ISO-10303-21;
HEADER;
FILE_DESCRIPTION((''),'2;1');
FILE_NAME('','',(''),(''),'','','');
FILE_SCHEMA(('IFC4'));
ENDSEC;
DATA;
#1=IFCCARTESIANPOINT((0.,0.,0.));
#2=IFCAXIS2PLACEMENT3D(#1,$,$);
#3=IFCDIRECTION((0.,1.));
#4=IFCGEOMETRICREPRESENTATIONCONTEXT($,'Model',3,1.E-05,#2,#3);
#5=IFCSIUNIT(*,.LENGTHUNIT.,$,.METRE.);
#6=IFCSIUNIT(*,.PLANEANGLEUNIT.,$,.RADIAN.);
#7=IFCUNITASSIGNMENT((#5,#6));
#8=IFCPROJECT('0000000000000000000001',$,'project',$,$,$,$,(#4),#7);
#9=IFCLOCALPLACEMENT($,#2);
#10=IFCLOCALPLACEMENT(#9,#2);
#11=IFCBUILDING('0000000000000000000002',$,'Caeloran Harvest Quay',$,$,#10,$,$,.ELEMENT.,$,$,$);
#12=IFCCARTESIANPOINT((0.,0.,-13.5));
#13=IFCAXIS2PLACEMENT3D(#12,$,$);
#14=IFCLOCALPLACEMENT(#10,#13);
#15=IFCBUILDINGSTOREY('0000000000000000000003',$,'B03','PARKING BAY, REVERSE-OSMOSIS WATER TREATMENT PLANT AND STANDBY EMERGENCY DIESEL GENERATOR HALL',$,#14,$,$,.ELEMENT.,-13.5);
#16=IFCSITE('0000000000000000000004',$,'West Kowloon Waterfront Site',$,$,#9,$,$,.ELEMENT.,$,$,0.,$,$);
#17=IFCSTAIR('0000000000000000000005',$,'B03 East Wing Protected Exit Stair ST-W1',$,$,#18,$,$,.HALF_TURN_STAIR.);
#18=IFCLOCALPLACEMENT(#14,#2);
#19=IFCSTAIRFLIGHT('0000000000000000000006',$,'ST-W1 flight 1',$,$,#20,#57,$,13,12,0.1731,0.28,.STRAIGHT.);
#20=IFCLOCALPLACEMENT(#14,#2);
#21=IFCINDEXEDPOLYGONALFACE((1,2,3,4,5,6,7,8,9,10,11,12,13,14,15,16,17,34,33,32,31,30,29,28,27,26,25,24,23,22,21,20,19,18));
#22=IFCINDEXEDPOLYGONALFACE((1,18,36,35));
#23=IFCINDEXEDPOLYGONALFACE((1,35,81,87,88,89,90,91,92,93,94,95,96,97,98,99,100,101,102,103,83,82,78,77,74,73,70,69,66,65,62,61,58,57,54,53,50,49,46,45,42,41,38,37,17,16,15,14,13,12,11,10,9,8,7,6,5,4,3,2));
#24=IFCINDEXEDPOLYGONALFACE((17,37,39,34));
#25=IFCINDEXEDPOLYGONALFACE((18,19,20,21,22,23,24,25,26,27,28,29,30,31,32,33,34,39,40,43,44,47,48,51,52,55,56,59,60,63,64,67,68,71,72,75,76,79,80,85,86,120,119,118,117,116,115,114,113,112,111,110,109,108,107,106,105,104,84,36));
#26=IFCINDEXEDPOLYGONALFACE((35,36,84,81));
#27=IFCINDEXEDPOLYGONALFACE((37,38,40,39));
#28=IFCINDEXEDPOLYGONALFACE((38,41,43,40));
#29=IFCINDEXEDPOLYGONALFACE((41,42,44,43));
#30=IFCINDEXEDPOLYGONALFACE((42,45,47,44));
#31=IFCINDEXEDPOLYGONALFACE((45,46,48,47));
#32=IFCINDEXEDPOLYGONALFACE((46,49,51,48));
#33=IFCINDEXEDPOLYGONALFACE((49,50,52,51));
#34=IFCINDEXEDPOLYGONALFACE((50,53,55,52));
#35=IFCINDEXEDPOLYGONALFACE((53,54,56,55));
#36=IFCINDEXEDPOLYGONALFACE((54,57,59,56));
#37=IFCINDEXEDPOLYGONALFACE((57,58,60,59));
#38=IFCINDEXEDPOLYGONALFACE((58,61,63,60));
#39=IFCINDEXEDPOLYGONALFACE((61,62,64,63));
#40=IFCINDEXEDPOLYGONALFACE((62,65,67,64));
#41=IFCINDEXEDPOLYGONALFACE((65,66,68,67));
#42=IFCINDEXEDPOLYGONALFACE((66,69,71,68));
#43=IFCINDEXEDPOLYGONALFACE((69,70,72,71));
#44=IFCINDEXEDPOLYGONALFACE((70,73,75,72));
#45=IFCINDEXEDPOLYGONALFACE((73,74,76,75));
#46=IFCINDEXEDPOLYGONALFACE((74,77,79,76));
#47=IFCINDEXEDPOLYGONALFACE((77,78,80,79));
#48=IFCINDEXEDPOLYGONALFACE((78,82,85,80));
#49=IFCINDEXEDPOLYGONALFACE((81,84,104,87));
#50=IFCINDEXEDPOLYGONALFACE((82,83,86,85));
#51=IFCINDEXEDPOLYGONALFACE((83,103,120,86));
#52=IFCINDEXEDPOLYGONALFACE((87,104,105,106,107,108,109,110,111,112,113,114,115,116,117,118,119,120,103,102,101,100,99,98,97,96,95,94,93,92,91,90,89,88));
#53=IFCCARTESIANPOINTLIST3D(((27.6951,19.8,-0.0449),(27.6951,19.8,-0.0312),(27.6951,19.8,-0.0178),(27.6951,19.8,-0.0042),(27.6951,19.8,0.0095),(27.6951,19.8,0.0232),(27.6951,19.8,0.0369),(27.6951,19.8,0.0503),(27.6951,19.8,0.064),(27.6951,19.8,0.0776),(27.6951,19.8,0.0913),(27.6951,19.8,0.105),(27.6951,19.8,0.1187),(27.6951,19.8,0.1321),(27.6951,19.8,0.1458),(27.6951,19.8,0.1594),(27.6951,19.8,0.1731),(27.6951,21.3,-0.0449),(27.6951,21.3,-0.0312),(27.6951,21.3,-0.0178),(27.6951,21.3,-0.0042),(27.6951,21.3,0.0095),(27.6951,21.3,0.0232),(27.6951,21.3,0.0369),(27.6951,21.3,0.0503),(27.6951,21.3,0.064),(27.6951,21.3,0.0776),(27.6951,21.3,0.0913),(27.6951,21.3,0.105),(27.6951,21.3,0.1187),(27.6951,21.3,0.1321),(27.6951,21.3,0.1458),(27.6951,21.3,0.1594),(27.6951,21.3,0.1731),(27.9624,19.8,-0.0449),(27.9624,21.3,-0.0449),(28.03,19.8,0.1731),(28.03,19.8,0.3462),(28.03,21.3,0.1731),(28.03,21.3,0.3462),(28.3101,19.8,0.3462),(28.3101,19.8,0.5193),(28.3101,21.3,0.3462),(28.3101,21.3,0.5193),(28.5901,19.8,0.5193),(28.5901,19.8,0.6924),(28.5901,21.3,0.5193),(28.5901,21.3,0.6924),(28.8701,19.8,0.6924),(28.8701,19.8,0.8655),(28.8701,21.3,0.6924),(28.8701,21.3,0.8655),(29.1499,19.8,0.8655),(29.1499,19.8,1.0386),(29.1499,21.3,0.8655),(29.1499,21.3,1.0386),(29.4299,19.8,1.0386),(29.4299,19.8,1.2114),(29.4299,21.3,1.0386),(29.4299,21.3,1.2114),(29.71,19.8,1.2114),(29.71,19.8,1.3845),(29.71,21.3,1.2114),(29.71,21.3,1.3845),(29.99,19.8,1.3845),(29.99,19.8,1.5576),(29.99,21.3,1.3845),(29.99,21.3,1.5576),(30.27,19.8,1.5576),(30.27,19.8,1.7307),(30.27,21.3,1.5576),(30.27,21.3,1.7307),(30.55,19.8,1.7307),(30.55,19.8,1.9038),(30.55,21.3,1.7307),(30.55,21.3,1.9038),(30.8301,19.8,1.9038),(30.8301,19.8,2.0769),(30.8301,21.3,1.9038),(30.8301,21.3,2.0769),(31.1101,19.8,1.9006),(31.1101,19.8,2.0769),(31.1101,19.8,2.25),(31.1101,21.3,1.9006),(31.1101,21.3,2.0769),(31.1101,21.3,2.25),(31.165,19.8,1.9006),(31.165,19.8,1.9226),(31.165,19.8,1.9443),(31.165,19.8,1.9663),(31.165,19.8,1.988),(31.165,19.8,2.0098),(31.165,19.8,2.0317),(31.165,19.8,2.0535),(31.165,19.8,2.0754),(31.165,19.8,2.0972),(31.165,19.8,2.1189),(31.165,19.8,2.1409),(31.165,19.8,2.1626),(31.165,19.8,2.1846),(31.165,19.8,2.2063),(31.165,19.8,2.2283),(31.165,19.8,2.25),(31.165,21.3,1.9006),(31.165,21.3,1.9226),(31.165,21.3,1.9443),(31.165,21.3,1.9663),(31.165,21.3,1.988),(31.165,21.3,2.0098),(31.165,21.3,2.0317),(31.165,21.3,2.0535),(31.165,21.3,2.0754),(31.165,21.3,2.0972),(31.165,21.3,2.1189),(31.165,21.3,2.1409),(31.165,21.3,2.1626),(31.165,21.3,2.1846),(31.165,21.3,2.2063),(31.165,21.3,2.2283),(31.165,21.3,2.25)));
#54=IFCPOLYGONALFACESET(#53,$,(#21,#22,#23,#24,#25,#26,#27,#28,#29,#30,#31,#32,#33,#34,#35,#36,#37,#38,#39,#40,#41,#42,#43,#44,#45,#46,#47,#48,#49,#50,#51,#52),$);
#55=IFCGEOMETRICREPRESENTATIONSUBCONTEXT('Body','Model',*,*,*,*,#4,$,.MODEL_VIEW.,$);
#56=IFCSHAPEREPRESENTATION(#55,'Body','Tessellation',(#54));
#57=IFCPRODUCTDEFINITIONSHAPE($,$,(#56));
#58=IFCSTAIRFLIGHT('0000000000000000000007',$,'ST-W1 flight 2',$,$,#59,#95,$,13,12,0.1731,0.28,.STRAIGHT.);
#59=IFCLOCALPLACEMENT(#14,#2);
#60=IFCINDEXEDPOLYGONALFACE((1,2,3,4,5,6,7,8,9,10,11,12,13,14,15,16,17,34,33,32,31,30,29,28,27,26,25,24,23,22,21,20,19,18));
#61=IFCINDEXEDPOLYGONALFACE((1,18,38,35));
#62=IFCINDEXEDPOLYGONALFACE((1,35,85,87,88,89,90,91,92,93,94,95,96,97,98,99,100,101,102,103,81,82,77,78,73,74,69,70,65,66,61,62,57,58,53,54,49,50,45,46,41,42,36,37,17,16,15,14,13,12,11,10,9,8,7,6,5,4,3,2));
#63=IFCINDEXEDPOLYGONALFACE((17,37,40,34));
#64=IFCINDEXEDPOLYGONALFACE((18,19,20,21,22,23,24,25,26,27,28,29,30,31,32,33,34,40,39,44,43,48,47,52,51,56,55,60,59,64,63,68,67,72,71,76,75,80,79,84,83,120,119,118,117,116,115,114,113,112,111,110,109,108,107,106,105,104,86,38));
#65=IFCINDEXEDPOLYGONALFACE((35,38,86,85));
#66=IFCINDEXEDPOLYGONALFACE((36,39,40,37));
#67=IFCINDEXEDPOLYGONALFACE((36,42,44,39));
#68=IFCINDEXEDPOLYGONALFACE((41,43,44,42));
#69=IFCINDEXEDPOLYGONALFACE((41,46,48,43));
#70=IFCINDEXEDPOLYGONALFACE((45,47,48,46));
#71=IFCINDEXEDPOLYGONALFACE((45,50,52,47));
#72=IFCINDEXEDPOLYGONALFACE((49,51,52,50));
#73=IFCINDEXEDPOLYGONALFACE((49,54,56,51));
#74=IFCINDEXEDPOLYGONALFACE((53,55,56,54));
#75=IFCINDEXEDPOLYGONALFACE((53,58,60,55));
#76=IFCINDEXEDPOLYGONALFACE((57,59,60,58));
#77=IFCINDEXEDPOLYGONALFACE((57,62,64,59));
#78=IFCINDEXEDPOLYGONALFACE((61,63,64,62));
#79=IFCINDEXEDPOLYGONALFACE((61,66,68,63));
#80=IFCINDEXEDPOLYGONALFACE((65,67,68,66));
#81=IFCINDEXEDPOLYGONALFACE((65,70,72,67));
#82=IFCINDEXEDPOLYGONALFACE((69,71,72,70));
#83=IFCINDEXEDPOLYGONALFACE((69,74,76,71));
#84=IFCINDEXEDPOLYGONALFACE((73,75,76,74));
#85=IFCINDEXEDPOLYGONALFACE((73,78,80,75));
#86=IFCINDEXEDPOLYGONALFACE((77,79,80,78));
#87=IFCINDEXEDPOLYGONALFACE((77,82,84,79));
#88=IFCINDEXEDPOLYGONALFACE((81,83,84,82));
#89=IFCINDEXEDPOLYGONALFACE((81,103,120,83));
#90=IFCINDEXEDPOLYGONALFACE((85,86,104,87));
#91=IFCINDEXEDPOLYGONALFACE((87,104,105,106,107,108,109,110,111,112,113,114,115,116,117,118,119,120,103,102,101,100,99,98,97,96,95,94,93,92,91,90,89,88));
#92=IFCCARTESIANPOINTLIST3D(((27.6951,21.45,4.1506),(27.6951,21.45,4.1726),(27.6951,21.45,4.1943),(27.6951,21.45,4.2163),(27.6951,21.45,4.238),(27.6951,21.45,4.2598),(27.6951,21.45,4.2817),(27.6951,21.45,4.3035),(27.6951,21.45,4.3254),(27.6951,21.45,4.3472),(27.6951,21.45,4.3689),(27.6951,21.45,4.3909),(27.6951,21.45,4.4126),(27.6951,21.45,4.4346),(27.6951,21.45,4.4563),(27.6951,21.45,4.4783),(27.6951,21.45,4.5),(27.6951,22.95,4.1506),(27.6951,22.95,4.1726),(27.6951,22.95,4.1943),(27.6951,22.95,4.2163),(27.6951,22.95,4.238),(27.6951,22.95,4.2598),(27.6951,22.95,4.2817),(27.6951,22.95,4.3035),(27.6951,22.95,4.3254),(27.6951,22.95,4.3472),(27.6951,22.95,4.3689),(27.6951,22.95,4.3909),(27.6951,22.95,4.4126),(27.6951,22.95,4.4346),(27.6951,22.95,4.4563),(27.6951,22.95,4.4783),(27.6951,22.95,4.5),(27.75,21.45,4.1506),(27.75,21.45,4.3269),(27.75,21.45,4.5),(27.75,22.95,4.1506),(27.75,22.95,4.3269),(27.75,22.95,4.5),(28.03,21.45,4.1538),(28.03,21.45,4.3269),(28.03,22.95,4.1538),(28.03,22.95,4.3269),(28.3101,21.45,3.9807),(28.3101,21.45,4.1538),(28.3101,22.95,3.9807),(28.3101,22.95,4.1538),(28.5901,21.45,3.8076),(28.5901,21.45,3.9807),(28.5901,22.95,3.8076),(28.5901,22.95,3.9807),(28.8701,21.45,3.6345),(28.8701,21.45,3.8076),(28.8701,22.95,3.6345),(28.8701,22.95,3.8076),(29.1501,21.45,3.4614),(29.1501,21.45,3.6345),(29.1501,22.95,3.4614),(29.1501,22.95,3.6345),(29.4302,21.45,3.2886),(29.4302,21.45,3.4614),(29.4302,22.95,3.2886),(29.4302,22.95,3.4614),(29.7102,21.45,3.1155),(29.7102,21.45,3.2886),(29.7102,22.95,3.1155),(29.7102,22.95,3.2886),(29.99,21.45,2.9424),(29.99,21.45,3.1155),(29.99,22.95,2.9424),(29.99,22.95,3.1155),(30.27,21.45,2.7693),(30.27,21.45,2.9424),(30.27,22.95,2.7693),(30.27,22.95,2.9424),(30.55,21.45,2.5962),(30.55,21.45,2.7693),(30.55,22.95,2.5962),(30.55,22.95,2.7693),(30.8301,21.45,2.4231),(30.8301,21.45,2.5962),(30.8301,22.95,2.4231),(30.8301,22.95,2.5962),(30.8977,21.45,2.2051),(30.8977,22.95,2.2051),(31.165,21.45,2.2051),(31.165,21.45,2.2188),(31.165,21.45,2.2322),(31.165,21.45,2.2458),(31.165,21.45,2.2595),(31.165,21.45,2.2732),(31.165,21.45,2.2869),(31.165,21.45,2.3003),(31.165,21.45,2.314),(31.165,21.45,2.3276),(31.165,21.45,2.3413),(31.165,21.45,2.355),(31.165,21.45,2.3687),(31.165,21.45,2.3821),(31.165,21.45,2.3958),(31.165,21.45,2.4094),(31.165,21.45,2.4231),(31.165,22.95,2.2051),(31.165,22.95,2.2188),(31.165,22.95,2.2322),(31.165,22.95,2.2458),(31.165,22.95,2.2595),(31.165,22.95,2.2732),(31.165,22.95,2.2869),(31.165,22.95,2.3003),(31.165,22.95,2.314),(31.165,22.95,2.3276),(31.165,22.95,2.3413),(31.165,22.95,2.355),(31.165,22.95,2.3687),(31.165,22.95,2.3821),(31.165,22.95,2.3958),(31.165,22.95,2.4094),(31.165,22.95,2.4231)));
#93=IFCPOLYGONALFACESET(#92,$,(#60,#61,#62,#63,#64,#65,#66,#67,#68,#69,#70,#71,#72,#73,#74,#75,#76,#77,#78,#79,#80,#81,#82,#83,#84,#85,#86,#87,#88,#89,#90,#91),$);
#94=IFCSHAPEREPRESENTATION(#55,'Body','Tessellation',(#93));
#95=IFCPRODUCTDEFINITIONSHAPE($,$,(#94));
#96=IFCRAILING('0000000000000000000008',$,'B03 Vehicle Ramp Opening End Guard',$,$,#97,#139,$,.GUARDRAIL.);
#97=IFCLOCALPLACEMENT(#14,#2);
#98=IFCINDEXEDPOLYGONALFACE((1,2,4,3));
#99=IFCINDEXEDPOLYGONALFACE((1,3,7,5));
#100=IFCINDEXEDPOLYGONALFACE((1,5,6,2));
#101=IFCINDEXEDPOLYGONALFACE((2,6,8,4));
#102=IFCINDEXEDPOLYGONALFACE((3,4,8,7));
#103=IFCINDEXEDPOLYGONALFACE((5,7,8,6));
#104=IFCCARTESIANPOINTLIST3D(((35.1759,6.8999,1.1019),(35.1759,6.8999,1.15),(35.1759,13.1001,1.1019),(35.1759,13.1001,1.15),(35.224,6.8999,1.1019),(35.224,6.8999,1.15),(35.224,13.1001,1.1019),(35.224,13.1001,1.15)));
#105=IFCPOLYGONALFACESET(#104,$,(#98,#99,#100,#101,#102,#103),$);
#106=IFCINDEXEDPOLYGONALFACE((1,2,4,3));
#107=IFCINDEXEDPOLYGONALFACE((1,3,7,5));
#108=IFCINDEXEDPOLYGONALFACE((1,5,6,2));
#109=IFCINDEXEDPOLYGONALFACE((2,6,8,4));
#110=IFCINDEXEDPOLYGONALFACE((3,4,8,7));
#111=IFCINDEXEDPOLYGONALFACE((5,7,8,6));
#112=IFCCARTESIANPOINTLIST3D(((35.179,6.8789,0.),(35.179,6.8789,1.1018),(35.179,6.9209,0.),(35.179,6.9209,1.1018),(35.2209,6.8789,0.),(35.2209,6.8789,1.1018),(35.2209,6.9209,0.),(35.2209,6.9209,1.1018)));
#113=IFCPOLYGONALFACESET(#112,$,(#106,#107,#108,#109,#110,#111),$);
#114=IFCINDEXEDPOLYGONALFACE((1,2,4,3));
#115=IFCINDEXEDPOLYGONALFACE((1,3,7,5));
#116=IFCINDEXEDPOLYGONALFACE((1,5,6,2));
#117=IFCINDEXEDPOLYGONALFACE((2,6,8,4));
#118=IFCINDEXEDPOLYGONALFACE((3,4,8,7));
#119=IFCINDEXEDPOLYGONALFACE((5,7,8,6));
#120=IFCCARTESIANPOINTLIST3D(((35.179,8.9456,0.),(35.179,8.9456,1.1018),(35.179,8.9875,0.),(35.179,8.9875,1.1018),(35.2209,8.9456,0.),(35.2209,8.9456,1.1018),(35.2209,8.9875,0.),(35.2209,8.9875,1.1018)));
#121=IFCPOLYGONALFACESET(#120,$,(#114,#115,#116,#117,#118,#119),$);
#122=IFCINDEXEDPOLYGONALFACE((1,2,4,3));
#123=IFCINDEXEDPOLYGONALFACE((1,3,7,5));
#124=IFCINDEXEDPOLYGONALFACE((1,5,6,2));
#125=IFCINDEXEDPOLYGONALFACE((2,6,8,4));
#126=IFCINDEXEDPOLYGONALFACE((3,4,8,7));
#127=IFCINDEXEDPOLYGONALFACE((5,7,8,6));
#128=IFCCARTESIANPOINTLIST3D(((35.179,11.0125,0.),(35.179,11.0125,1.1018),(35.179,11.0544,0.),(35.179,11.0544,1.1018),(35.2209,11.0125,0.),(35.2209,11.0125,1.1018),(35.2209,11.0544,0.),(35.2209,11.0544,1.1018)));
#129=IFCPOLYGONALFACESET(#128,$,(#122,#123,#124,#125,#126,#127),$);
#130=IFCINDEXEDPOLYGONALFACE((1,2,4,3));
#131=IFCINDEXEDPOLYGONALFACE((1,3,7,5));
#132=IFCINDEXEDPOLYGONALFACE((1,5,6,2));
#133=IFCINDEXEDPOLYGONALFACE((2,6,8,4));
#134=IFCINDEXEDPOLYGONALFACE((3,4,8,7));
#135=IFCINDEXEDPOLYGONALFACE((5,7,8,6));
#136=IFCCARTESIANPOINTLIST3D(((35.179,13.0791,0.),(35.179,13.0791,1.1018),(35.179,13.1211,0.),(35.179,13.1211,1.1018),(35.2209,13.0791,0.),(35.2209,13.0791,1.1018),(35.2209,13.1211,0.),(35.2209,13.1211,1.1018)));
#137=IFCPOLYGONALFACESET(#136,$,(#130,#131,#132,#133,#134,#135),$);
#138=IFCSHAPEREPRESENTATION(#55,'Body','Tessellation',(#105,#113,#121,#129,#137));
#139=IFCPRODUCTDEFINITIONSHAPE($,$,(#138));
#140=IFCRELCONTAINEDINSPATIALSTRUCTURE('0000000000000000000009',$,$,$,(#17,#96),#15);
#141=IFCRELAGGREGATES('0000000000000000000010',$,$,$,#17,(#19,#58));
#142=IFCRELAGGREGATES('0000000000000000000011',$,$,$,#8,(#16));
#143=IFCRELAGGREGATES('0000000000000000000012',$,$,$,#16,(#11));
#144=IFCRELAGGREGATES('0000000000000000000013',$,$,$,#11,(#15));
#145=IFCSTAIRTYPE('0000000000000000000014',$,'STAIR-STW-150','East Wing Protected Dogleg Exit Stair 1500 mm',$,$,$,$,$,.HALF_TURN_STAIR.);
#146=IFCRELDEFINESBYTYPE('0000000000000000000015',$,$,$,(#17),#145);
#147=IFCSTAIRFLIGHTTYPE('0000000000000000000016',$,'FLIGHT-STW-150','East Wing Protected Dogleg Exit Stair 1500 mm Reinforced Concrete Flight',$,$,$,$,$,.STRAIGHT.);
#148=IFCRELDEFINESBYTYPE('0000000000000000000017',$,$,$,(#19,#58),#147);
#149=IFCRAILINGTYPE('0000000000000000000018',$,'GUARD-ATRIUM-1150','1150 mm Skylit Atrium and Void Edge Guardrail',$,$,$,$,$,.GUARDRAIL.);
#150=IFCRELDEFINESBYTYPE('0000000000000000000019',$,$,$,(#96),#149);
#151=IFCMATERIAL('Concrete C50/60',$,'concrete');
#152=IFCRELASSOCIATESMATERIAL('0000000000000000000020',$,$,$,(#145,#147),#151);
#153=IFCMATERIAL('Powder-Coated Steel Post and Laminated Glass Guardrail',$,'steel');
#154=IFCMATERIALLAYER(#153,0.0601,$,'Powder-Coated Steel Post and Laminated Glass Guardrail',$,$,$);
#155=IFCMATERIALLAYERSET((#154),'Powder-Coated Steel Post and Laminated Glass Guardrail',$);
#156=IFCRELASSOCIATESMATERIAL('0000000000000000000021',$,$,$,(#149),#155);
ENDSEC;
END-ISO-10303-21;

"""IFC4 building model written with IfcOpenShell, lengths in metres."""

from ifc_helpers import new_model, si_unit, direction, frame, origin, origin_2d, place, context, subcontext, project, spatial, polyline, rectangle, outline, extrude, material, layer, layer_set, type_object, element, aggregate, save


model = new_model("IFC4")

# Units and contexts
model_context = context("Model", 3, precision=1e-05, world=origin(), true_north=direction((0.0, 1.0)))
body_context = subcontext(model_context, "Body", "Model", "MODEL_VIEW")
ifc_project = project(units=[si_unit("LENGTHUNIT", "METRE"), si_unit("PLANEANGLEUNIT", "RADIAN")], contexts=[model_context])

# Site, building, storey
site_placement = place(None, origin())
site = spatial("IfcSite", under=ifc_project, at=site_placement, Name="West Kowloon Waterfront Site", CompositionType="ELEMENT", RefElevation=0.0)
building_placement = place(site_placement, origin())
building = spatial("IfcBuilding", under=site, at=building_placement, Name="Caeloran Harvest Quay", CompositionType="ELEMENT")
storey_placement = place(building_placement, frame((0.0, 0.0, -13.5)))
storey = spatial("IfcBuildingStorey", under=building, at=storey_placement, Name="B03", Description="PARKING BAY, REVERSE-OSMOSIS WATER TREATMENT PLANT AND STANDBY EMERGENCY DIESEL GENERATOR HALL", CompositionType="ELEMENT", Elevation=-13.5)

# Shared definitions
ifc_material_1 = material(Name="Concrete C50/60", Category="concrete")

# Stair, stair flights
stair_type = type_object("IfcStairType", Name="STAIR-STW-150", Description="East Wing Protected Dogleg Exit Stair 1500 mm", PredefinedType="HALF_TURN_STAIR", material=ifc_material_1)
stair_placement = place(storey_placement, origin())
stair = element("IfcStair", 1, at=stair_placement, inside=storey, type_object=stair_type, Name="B03 East Wing Protected Exit Stair ST-W1", PredefinedType="HALF_TURN_STAIR")
stair_flight_type = type_object("IfcStairFlightType", Name="FLIGHT-STW-150", Description="East Wing Protected Dogleg Exit Stair 1500 mm Reinforced Concrete Flight", PredefinedType="STRAIGHT", material=ifc_material_1)
stair_flight_1_placement = place(storey_placement, frame((27.75, 20.55, 0.0), z_axis=(0.0, 0.0, 1.0), x_axis=(1.0, 0.0, 0.0)))
stair_flight_1 = element("IfcStairFlight", 2, at=stair_flight_1_placement, type_object=stair_flight_type, Name="ST-W1 flight 1", NumberOfRisers=13, NumberOfTreads=12, PredefinedType="STRAIGHT", RiserHeight=0.1731, TreadLength=0.28, context=body_context, shape_type="SweptSolid", body=[
    extrude(outline(polyline([(-0.0549, -0.0449), (-0.0549, -0.0312), (-0.0549, -0.0178), (-0.0549, -0.0042), (-0.0549, 0.0095), (-0.0549, 0.0232), (-0.0549, 0.0369), (-0.0549, 0.0503), (-0.0549, 0.064), (-0.0549, 0.0776), (-0.0549, 0.0913), (-0.0549, 0.105), (-0.0549, 0.1187), (-0.0549, 0.1321), (-0.0549, 0.1458), (-0.0549, 0.1594), (-0.0549, 0.1731), (0.28, 0.1731), (0.28, 0.3462), (0.5601, 0.3462), (0.5601, 0.5193), (0.8401, 0.5193), (0.8401, 0.6924), (1.1201, 0.6924), (1.1201, 0.8655), (1.3999, 0.8655), (1.3999, 1.0386), (1.6799, 1.0386), (1.6799, 1.2114), (1.96, 1.2114), (1.96, 1.3845), (2.24, 1.3845), (2.24, 1.5576), (2.52, 1.5576), (2.52, 1.7307), (2.8, 1.7307), (2.8, 1.9038), (3.0801, 1.9038), (3.0801, 2.0769), (3.3601, 2.0769), (3.3601, 2.25), (3.415, 2.25), (3.415, 2.2283), (3.415, 2.2063), (3.415, 2.1846), (3.415, 2.1626), (3.415, 2.1409), (3.415, 2.1189), (3.415, 2.0972), (3.415, 2.0754), (3.415, 2.0535), (3.415, 2.0317), (3.415, 2.0098), (3.415, 1.988), (3.415, 1.9663), (3.415, 1.9443), (3.415, 1.9226), (3.415, 1.9006), (3.3601, 1.9006), (0.2124, -0.0449), (-0.0549, -0.0449)])), frame((0.0, 0.75, 0.0), z_axis=(0.0, -1.0, 0.0), x_axis=(1.0, 0.0, 0.0)), (0.0, 0.0, 1.0), 1.5),
])
stair_flight_2_placement = place(storey_placement, frame((31.1101, 22.2, 2.25), z_axis=(0.0, 0.0, 1.0), x_axis=(-1.0, 0.0, 0.0)))
stair_flight_2 = element("IfcStairFlight", 3, at=stair_flight_2_placement, type_object=stair_flight_type, Name="ST-W1 flight 2", NumberOfRisers=13, NumberOfTreads=12, PredefinedType="STRAIGHT", RiserHeight=0.1731, TreadLength=0.28, context=body_context, shape_type="SweptSolid", body=[
    extrude(outline(polyline([(-0.0549, -0.0449), (-0.0549, -0.0312), (-0.0549, -0.0178), (-0.0549, -0.0042), (-0.0549, 0.0095), (-0.0549, 0.0232), (-0.0549, 0.0369), (-0.0549, 0.0503), (-0.0549, 0.064), (-0.0549, 0.0776), (-0.0549, 0.0913), (-0.0549, 0.105), (-0.0549, 0.1187), (-0.0549, 0.1321), (-0.0549, 0.1458), (-0.0549, 0.1594), (-0.0549, 0.1731), (0.28, 0.1731), (0.28, 0.3462), (0.5601, 0.3462), (0.5601, 0.5193), (0.8401, 0.5193), (0.8401, 0.6924), (1.1201, 0.6924), (1.1201, 0.8655), (1.3999, 0.8655), (1.3999, 1.0386), (1.6799, 1.0386), (1.6799, 1.2114), (1.96, 1.2114), (1.96, 1.3845), (2.24, 1.3845), (2.24, 1.5576), (2.52, 1.5576), (2.52, 1.7307), (2.8, 1.7307), (2.8, 1.9038), (3.0801, 1.9038), (3.0801, 2.0769), (3.3601, 2.0769), (3.3601, 2.25), (3.415, 2.25), (3.415, 2.2283), (3.415, 2.2063), (3.415, 2.1846), (3.415, 2.1626), (3.415, 2.1409), (3.415, 2.1189), (3.415, 2.0972), (3.415, 2.0754), (3.415, 2.0535), (3.415, 2.0317), (3.415, 2.0098), (3.415, 1.988), (3.415, 1.9663), (3.415, 1.9443), (3.415, 1.9226), (3.415, 1.9006), (3.3601, 1.9006), (0.2124, -0.0449), (-0.0549, -0.0449)])), frame((0.0, 0.75, 0.0), z_axis=(0.0, -1.0, 0.0), x_axis=(1.0, 0.0, 0.0)), (0.0, 0.0, 1.0), 1.5),
])
aggregate(stair, [stair_flight_1, stair_flight_2])

# Railing
ifc_material_2 = material(Name="Powder-Coated Steel Post and Laminated Glass Guardrail", Category="steel")
ifc_layer_1 = layer(ifc_material_2, 0.0601, Name="Powder-Coated Steel Post and Laminated Glass Guardrail")
ifc_layer_set_1 = layer_set([ifc_layer_1], Name="Powder-Coated Steel Post and Laminated Glass Guardrail")
railing_type_1 = type_object("IfcRailingType", Name="GUARD-ATRIUM-1150", Description="1150 mm Skylit Atrium and Void Edge Guardrail", PredefinedType="GUARDRAIL", material=ifc_layer_set_1)
railing_1_placement = place(storey_placement, frame((35.2, 6.8999, 0.0)))
element("IfcRailing", 4, at=railing_1_placement, inside=storey, type_object=railing_type_1, Name="B03 Vehicle Ramp Opening End Guard", PredefinedType="GUARDRAIL", context=body_context, shape_type="SweptSolid", body=[
    extrude(rectangle(XDim=0.0481, YDim=0.0481, at=origin_2d()), frame((0.0, 0.0, 1.126), z_axis=(0.0, 1.0, 0.0), x_axis=(-1.0, 0.0, 0.0)), (0.0, 0.0, 1.0), 6.2002),
    extrude(rectangle(XDim=0.042, YDim=0.042, at=origin_2d()), origin(), (0.0, 0.0, 1.0), 1.1018),
    extrude(rectangle(XDim=0.042, YDim=0.042, at=origin_2d()), frame((0.0, 2.0667, 0.0)), (0.0, 0.0, 1.0), 1.1018),
    extrude(rectangle(XDim=0.042, YDim=0.042, at=origin_2d()), frame((0.0, 4.1335, 0.0)), (0.0, 0.0, 1.0), 1.1018),
    extrude(rectangle(XDim=0.042, YDim=0.042, at=origin_2d()), frame((0.0, 6.2002, 0.0)), (0.0, 0.0, 1.0), 1.1018),
])

save(model, "model.ifc")
